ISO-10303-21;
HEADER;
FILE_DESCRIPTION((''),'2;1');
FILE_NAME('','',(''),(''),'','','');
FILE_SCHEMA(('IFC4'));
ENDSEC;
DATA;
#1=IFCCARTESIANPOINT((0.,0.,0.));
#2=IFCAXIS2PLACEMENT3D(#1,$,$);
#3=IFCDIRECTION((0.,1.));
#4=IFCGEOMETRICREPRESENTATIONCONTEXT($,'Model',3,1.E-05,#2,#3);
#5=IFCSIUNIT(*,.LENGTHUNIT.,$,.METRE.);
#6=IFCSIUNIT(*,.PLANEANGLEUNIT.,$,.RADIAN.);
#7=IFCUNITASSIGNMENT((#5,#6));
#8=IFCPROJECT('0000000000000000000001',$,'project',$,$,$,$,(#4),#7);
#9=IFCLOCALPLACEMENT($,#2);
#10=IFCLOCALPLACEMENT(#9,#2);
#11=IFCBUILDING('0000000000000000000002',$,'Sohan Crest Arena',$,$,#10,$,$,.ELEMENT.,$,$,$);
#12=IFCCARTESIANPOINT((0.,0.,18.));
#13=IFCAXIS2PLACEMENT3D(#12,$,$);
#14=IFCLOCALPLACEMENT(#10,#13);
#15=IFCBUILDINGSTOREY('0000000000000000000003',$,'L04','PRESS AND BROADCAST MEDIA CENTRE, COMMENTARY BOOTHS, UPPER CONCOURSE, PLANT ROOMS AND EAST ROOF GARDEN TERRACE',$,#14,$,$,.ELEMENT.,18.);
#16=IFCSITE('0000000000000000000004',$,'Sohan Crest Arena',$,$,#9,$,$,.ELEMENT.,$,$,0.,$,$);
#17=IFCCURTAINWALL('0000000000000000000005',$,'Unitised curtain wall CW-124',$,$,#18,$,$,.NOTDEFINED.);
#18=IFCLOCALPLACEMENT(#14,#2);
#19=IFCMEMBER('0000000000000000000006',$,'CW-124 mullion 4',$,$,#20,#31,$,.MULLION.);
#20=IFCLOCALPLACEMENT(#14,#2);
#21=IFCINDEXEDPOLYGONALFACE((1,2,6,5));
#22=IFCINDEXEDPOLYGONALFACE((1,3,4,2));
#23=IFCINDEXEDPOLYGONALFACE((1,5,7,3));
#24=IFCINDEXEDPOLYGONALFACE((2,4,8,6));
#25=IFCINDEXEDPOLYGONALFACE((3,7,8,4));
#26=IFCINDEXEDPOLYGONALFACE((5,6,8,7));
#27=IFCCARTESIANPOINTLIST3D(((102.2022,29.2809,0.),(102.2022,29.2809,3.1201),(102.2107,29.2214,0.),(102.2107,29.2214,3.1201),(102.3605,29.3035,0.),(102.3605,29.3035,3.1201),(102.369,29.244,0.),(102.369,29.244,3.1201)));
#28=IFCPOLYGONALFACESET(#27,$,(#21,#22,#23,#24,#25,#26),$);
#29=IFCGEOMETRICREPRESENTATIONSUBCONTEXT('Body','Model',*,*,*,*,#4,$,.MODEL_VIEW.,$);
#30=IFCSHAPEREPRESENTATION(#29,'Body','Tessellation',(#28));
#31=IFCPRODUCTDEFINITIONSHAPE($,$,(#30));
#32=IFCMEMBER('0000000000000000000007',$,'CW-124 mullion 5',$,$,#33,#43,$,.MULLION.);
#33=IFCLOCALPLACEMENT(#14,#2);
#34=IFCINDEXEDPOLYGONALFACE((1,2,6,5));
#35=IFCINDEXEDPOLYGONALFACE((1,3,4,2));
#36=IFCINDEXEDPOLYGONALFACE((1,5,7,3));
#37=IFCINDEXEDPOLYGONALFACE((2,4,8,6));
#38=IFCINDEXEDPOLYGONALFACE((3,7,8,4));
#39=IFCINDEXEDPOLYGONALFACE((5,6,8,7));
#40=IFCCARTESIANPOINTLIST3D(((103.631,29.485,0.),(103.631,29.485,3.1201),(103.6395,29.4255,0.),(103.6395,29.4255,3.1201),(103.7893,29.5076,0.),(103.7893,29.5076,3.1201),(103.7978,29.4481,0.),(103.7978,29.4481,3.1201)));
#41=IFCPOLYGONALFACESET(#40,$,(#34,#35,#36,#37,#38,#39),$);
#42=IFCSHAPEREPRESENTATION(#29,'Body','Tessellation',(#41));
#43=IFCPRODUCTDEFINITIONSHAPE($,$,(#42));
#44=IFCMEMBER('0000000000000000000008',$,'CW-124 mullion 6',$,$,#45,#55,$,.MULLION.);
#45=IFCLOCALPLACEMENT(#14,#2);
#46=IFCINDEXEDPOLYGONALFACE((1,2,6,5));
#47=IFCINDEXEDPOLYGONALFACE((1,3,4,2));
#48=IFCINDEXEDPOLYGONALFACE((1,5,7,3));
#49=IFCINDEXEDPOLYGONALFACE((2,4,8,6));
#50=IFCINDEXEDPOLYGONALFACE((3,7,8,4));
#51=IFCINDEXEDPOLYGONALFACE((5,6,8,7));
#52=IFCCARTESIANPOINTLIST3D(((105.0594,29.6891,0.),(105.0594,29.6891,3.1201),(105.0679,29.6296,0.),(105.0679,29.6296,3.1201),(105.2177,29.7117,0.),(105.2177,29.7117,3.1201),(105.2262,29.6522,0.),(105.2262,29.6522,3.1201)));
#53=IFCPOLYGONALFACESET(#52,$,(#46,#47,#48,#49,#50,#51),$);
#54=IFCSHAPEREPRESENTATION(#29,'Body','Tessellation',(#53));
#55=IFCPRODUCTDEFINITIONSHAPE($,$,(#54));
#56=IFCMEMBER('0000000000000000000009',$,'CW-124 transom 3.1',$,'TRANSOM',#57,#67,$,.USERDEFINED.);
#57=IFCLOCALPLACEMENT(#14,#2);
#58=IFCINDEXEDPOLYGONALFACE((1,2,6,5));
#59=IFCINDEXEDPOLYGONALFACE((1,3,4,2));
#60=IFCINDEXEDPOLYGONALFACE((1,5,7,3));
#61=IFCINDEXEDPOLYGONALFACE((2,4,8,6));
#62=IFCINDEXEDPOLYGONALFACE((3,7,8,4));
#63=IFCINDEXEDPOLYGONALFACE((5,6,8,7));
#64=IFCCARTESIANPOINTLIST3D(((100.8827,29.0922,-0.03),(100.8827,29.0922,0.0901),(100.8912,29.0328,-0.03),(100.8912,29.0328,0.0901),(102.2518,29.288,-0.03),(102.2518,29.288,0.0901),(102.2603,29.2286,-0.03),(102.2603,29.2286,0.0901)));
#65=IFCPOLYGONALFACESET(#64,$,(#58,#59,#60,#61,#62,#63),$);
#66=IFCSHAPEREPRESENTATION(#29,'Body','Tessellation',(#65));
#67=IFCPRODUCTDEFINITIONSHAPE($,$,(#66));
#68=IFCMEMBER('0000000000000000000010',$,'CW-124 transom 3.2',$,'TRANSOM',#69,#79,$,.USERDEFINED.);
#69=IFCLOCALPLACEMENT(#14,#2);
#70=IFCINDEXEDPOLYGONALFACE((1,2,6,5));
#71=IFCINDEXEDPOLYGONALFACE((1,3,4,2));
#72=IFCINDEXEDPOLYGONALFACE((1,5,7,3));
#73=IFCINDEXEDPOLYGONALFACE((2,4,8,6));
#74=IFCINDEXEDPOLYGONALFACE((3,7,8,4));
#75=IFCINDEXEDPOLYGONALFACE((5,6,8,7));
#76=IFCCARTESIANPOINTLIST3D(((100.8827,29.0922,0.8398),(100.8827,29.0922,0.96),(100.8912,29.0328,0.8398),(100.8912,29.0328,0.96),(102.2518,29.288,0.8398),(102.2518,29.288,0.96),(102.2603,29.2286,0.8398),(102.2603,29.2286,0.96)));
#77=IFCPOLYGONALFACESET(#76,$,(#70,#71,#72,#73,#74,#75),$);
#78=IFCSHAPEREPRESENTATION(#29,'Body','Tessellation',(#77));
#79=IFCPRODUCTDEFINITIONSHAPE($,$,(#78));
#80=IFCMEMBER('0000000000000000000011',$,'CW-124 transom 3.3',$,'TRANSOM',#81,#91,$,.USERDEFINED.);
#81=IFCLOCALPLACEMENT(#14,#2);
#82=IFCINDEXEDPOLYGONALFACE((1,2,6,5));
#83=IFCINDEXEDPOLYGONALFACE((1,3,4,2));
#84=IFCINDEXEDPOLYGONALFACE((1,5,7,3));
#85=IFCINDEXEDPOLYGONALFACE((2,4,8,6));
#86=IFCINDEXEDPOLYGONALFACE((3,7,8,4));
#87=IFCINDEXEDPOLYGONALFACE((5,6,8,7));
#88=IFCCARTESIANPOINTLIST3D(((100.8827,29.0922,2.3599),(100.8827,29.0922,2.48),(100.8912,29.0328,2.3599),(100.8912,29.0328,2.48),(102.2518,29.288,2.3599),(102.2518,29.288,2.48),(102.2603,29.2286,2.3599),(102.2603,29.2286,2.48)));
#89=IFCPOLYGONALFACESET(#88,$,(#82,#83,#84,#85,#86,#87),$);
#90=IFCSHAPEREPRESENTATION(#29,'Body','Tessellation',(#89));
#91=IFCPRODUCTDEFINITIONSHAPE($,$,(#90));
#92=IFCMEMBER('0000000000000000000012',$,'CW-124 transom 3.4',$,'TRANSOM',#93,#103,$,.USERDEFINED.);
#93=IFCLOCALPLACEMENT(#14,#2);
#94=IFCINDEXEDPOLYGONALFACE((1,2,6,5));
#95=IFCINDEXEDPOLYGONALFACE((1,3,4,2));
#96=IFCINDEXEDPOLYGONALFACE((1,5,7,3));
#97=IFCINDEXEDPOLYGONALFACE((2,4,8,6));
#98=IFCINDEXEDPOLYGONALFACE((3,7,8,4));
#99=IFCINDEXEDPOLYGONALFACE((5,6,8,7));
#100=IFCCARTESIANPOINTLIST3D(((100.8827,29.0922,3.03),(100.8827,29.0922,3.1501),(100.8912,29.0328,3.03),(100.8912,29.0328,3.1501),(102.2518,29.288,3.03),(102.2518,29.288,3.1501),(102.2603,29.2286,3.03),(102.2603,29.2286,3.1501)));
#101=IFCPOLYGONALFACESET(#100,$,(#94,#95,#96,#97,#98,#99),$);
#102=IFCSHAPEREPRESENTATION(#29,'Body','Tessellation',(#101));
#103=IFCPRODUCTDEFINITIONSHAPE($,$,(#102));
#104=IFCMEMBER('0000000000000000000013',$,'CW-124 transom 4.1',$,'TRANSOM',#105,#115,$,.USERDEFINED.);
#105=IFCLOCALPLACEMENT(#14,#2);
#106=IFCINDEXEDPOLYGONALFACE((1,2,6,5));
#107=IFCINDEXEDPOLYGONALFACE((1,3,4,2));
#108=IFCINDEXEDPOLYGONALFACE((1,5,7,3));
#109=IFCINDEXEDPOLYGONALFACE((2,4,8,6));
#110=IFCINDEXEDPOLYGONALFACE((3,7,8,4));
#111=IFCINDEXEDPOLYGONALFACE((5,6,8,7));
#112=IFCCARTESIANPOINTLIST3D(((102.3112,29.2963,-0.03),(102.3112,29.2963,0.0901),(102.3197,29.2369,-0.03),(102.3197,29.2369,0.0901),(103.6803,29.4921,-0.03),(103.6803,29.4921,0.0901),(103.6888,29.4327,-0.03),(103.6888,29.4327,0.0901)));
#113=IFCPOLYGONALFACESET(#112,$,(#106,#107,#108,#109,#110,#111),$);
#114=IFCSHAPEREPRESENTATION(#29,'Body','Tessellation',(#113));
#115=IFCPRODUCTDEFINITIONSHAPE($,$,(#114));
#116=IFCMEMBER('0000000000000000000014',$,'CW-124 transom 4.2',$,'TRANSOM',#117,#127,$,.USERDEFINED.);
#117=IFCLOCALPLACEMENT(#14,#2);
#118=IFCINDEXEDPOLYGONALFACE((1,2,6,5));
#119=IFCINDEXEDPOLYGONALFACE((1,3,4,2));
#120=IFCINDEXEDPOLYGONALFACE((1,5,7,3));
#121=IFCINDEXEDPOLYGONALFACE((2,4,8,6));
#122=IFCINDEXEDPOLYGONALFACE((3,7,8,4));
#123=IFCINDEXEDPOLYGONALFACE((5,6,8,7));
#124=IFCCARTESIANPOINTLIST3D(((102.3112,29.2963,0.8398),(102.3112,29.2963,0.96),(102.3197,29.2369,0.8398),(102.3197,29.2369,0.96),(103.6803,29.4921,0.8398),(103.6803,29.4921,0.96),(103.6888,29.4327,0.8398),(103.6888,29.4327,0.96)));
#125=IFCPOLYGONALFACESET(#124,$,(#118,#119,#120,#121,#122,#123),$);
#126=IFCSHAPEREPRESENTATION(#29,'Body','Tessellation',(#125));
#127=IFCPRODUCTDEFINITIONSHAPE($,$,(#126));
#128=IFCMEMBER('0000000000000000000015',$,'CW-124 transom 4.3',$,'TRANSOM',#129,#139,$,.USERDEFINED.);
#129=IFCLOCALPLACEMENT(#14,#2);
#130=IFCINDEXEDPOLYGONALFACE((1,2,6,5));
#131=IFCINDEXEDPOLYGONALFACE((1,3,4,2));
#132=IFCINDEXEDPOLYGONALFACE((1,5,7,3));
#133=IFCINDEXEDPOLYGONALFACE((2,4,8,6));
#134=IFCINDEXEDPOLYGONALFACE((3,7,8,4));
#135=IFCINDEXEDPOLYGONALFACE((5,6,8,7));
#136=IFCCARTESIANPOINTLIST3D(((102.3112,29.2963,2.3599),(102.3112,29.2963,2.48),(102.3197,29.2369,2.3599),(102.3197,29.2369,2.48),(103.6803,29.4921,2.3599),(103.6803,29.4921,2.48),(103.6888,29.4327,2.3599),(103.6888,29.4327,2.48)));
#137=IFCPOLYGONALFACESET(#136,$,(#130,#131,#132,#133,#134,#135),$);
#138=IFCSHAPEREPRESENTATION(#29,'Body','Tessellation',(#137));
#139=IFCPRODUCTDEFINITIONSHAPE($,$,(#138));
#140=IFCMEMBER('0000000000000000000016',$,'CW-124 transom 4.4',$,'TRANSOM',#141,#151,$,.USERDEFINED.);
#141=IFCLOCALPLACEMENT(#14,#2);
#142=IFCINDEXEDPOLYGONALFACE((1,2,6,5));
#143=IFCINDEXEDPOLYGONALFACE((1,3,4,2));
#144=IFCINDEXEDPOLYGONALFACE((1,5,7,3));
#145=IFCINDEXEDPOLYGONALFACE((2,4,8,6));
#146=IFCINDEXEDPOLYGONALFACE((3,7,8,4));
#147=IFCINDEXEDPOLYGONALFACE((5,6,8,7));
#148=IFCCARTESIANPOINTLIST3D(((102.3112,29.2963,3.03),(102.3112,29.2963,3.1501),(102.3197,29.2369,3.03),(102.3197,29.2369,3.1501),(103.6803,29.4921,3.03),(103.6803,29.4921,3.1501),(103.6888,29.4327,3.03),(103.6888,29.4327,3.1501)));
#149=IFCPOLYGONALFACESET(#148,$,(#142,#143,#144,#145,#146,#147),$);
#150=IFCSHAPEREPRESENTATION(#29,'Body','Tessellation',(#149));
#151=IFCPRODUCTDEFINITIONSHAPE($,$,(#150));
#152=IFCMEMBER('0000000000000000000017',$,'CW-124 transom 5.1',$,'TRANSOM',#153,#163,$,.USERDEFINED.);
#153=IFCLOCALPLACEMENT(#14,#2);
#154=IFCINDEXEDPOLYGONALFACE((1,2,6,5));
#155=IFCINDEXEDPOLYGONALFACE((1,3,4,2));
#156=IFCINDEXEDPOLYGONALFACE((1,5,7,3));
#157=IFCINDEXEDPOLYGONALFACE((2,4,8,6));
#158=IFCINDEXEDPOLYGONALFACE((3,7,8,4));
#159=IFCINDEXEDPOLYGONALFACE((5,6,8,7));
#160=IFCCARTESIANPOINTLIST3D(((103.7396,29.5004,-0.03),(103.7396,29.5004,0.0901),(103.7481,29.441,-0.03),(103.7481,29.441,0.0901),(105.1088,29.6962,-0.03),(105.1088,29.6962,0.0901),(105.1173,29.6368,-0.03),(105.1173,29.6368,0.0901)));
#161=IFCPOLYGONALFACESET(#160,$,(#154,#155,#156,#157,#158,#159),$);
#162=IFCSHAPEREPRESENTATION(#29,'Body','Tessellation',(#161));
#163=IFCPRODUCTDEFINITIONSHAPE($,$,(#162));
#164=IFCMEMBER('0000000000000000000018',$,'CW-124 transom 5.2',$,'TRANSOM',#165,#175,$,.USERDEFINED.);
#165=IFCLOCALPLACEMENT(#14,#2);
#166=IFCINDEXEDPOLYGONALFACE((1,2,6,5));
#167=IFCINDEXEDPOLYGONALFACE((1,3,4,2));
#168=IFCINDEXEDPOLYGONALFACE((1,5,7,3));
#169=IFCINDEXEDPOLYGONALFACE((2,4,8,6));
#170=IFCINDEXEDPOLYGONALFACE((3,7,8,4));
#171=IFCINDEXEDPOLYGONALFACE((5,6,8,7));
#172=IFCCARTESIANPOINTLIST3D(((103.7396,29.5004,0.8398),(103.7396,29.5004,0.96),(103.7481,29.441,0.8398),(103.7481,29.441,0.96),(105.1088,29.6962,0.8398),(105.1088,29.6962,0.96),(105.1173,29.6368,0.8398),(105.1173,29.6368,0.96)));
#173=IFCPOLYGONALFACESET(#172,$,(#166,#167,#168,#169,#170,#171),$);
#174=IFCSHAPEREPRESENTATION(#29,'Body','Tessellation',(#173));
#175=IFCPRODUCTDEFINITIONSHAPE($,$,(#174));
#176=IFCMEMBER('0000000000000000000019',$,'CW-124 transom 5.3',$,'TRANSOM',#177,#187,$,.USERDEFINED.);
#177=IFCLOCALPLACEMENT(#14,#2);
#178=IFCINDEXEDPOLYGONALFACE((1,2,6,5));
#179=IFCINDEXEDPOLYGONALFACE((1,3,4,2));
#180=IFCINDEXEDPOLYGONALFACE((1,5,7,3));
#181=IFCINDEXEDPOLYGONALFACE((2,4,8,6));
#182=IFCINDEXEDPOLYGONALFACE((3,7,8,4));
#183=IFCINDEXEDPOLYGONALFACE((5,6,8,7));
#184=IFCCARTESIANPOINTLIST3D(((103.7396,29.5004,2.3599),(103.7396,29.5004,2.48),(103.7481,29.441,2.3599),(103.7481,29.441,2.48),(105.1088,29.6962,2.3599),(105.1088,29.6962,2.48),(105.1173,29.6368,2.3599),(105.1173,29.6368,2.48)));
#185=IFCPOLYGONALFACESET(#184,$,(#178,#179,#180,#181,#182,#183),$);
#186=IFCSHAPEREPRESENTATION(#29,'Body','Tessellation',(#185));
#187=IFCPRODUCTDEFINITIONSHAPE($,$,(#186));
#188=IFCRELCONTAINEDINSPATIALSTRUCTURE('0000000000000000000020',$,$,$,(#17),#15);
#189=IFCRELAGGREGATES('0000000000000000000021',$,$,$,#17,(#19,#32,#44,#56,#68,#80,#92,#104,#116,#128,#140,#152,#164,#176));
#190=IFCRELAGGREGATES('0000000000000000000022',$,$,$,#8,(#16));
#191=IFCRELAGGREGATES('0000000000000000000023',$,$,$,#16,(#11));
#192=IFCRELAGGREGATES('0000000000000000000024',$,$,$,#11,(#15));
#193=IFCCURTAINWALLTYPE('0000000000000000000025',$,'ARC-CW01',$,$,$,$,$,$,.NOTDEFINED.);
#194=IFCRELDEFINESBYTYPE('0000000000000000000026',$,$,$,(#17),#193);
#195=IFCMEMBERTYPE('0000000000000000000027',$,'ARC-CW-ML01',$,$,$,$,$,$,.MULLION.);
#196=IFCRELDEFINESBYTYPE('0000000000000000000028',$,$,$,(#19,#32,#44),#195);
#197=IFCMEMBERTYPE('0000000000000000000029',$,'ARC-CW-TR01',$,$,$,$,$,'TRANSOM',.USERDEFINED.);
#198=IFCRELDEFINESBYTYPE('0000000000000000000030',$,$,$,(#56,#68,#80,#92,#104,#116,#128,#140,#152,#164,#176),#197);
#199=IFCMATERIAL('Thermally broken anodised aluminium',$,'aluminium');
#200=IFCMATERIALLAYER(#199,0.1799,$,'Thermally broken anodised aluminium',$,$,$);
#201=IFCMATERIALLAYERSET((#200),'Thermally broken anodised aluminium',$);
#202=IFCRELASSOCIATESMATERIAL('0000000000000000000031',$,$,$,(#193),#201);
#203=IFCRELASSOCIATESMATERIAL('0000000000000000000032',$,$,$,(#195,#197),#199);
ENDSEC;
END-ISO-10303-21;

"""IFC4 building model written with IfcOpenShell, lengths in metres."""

from ifc_helpers import new_model, si_unit, direction, frame, origin, origin_2d, place, context, subcontext, project, spatial, rectangle, extrude, material, layer, layer_set, material_profile, profile_set, type_object, element, aggregate, save


model = new_model("IFC4")

# Units and contexts
model_context = context("Model", 3, precision=1e-05, world=origin(), true_north=direction((0.0, 1.0)))
body_context = subcontext(model_context, "Body", "Model", "MODEL_VIEW")
ifc_project = project(units=[si_unit("LENGTHUNIT", "METRE"), si_unit("PLANEANGLEUNIT", "RADIAN")], contexts=[model_context])

# Site, building, storey
site_placement = place(None, origin())
site = spatial("IfcSite", under=ifc_project, at=site_placement, Name="Sohan Crest Arena", CompositionType="ELEMENT", RefElevation=0.0)
building_placement = place(site_placement, origin())
building = spatial("IfcBuilding", under=site, at=building_placement, Name="Sohan Crest Arena", CompositionType="ELEMENT")
storey_placement = place(building_placement, frame((0.0, 0.0, 18.0)))
storey = spatial("IfcBuildingStorey", under=building, at=storey_placement, Name="L04", Description="PRESS AND BROADCAST MEDIA CENTRE, COMMENTARY BOOTHS, UPPER CONCOURSE, PLANT ROOMS AND EAST ROOF GARDEN TERRACE", CompositionType="ELEMENT", Elevation=18.0)

# Curtain wall, members
ifc_material_1 = material(Name="Thermally broken anodised aluminium", Category="aluminium")
ifc_layer_1 = layer(ifc_material_1, 0.1799, Name="Thermally broken anodised aluminium")
ifc_layer_set_1 = layer_set([ifc_layer_1], Name="Thermally broken anodised aluminium")
curtain_wall_type = type_object("IfcCurtainWallType", Name="ARC-CW01", PredefinedType="NOTDEFINED", material=ifc_layer_set_1)
curtain_wall_placement = place(storey_placement, origin())
curtain_wall = element("IfcCurtainWall", 1, at=curtain_wall_placement, inside=storey, type_object=curtain_wall_type, Name="Unitised curtain wall CW-124", PredefinedType="NOTDEFINED")
ifc_material_profile_1 = material_profile(ifc_material_1, rectangle(XDim=0.0601, YDim=0.1599, at=origin_2d()), Name="ALU-MULL 60x160")
ifc_profile_set_1 = profile_set([ifc_material_profile_1], Name="Thermally broken anodised aluminium")
member_type_1 = type_object("IfcMemberType", Name="ARC-CW-ML01", PredefinedType="MULLION", material=ifc_profile_set_1)
member_1_placement = place(storey_placement, frame((102.2856, 29.2625, 0.0), z_axis=(0.0, 0.0, 1.0), x_axis=(-0.141463, 0.989944, 0.0)))
member_1 = element("IfcMember", 2, at=member_1_placement, type_object=member_type_1, Name="CW-124 mullion 4", PredefinedType="MULLION", context=body_context, shape_type="SweptSolid", body=[
    extrude(rectangle(XDim=0.0601, YDim=0.1599, at=origin_2d()), origin(), (0.0, 0.0, 1.0), 3.1201),
])
member_2_placement = place(storey_placement, frame((103.7144, 29.4666, 0.0), z_axis=(0.0, 0.0, 1.0), x_axis=(-0.141463, 0.989944, 0.0)))
member_2 = element("IfcMember", 3, at=member_2_placement, type_object=member_type_1, Name="CW-124 mullion 5", PredefinedType="MULLION", context=body_context, shape_type="SweptSolid", body=[
    extrude(rectangle(XDim=0.0601, YDim=0.1599, at=origin_2d()), origin(), (0.0, 0.0, 1.0), 3.1201),
])
member_3_placement = place(storey_placement, frame((105.1428, 29.6707, 0.0), z_axis=(0.0, 0.0, 1.0), x_axis=(-0.141463, 0.989944, 0.0)))
member_3 = element("IfcMember", 4, at=member_3_placement, type_object=member_type_1, Name="CW-124 mullion 6", PredefinedType="MULLION", context=body_context, shape_type="SweptSolid", body=[
    extrude(rectangle(XDim=0.0601, YDim=0.1599, at=origin_2d()), origin(), (0.0, 0.0, 1.0), 3.1201),
])
ifc_material_profile_2 = material_profile(ifc_material_1, rectangle(XDim=0.0601, YDim=0.1201, at=origin_2d()), Name="ALU-TRAN 60x120")
ifc_profile_set_2 = profile_set([ifc_material_profile_2], Name="Thermally broken anodised aluminium")
member_type_2 = type_object("IfcMemberType", Name="ARC-CW-TR01", ElementType="TRANSOM", PredefinedType="USERDEFINED", material=ifc_profile_set_2)
member_4_placement = place(storey_placement, frame((100.887, 29.0625, 0.03), z_axis=(0.989928, 0.14157, 0.0), x_axis=(-0.14157, 0.989928, 0.0)))
member_4 = element("IfcMember", 5, at=member_4_placement, type_object=member_type_2, Name="CW-124 transom 3.1", ObjectType="TRANSOM", PredefinedType="USERDEFINED", context=body_context, shape_type="SweptSolid", body=[
    extrude(rectangle(XDim=0.0601, YDim=0.1201, at=origin_2d()), origin(), (0.0, 0.0, 1.0), 1.3831),
])
member_5_placement = place(storey_placement, frame((100.887, 29.0625, 0.8999), z_axis=(0.989928, 0.14157, 0.0), x_axis=(-0.14157, 0.989928, 0.0)))
member_5 = element("IfcMember", 6, at=member_5_placement, type_object=member_type_2, Name="CW-124 transom 3.2", ObjectType="TRANSOM", PredefinedType="USERDEFINED", context=body_context, shape_type="SweptSolid", body=[
    extrude(rectangle(XDim=0.0601, YDim=0.1201, at=origin_2d()), origin(), (0.0, 0.0, 1.0), 1.3831),
])
member_6_placement = place(storey_placement, frame((100.887, 29.0625, 2.4199), z_axis=(0.989928, 0.14157, 0.0), x_axis=(-0.14157, 0.989928, 0.0)))
member_6 = element("IfcMember", 7, at=member_6_placement, type_object=member_type_2, Name="CW-124 transom 3.3", ObjectType="TRANSOM", PredefinedType="USERDEFINED", context=body_context, shape_type="SweptSolid", body=[
    extrude(rectangle(XDim=0.0601, YDim=0.1201, at=origin_2d()), origin(), (0.0, 0.0, 1.0), 1.3831),
])
member_7_placement = place(storey_placement, frame((100.887, 29.0625, 3.0901), z_axis=(0.989928, 0.14157, 0.0), x_axis=(-0.14157, 0.989928, 0.0)))
member_7 = element("IfcMember", 8, at=member_7_placement, type_object=member_type_2, Name="CW-124 transom 3.4", ObjectType="TRANSOM", PredefinedType="USERDEFINED", context=body_context, shape_type="SweptSolid", body=[
    extrude(rectangle(XDim=0.0601, YDim=0.1201, at=origin_2d()), origin(), (0.0, 0.0, 1.0), 1.3831),
])
member_8_placement = place(storey_placement, frame((102.3154, 29.2666, 0.03), z_axis=(0.989928, 0.14157, 0.0), x_axis=(-0.14157, 0.989928, 0.0)))
member_8 = element("IfcMember", 9, at=member_8_placement, type_object=member_type_2, Name="CW-124 transom 4.1", ObjectType="TRANSOM", PredefinedType="USERDEFINED", context=body_context, shape_type="SweptSolid", body=[
    extrude(rectangle(XDim=0.0601, YDim=0.1201, at=origin_2d()), origin(), (0.0, 0.0, 1.0), 1.3831),
])
member_9_placement = place(storey_placement, frame((102.3154, 29.2666, 0.8999), z_axis=(0.989928, 0.14157, 0.0), x_axis=(-0.14157, 0.989928, 0.0)))
member_9 = element("IfcMember", 10, at=member_9_placement, type_object=member_type_2, Name="CW-124 transom 4.2", ObjectType="TRANSOM", PredefinedType="USERDEFINED", context=body_context, shape_type="SweptSolid", body=[
    extrude(rectangle(XDim=0.0601, YDim=0.1201, at=origin_2d()), origin(), (0.0, 0.0, 1.0), 1.3831),
])
member_10_placement = place(storey_placement, frame((102.3154, 29.2666, 2.4199), z_axis=(0.989928, 0.14157, 0.0), x_axis=(-0.14157, 0.989928, 0.0)))
member_10 = element("IfcMember", 11, at=member_10_placement, type_object=member_type_2, Name="CW-124 transom 4.3", ObjectType="TRANSOM", PredefinedType="USERDEFINED", context=body_context, shape_type="SweptSolid", body=[
    extrude(rectangle(XDim=0.0601, YDim=0.1201, at=origin_2d()), origin(), (0.0, 0.0, 1.0), 1.3831),
])
member_11_placement = place(storey_placement, frame((102.3154, 29.2666, 3.0901), z_axis=(0.989928, 0.14157, 0.0), x_axis=(-0.14157, 0.989928, 0.0)))
member_11 = element("IfcMember", 12, at=member_11_placement, type_object=member_type_2, Name="CW-124 transom 4.4", ObjectType="TRANSOM", PredefinedType="USERDEFINED", context=body_context, shape_type="SweptSolid", body=[
    extrude(rectangle(XDim=0.0601, YDim=0.1201, at=origin_2d()), origin(), (0.0, 0.0, 1.0), 1.3831),
])
member_12_placement = place(storey_placement, frame((103.7439, 29.4707, 0.03), z_axis=(0.989928, 0.14157, 0.0), x_axis=(-0.14157, 0.989928, 0.0)))
member_12 = element("IfcMember", 13, at=member_12_placement, type_object=member_type_2, Name="CW-124 transom 5.1", ObjectType="TRANSOM", PredefinedType="USERDEFINED", context=body_context, shape_type="SweptSolid", body=[
    extrude(rectangle(XDim=0.0601, YDim=0.1201, at=origin_2d()), origin(), (0.0, 0.0, 1.0), 1.3831),
])
member_13_placement = place(storey_placement, frame((103.7439, 29.4707, 0.8999), z_axis=(0.989928, 0.14157, 0.0), x_axis=(-0.14157, 0.989928, 0.0)))
member_13 = element("IfcMember", 14, at=member_13_placement, type_object=member_type_2, Name="CW-124 transom 5.2", ObjectType="TRANSOM", PredefinedType="USERDEFINED", context=body_context, shape_type="SweptSolid", body=[
    extrude(rectangle(XDim=0.0601, YDim=0.1201, at=origin_2d()), origin(), (0.0, 0.0, 1.0), 1.3831),
])
member_14_placement = place(storey_placement, frame((103.7439, 29.4707, 2.4199), z_axis=(0.989928, 0.14157, 0.0), x_axis=(-0.14157, 0.989928, 0.0)))
member_14 = element("IfcMember", 15, at=member_14_placement, type_object=member_type_2, Name="CW-124 transom 5.3", ObjectType="TRANSOM", PredefinedType="USERDEFINED", context=body_context, shape_type="SweptSolid", body=[
    extrude(rectangle(XDim=0.0601, YDim=0.1201, at=origin_2d()), origin(), (0.0, 0.0, 1.0), 1.3831),
])
aggregate(curtain_wall, [member_1, member_2, member_3, member_4, member_5, member_6, member_7, member_8, member_9, member_10, member_11, member_12, member_13, member_14])

save(model, "model.ifc")
